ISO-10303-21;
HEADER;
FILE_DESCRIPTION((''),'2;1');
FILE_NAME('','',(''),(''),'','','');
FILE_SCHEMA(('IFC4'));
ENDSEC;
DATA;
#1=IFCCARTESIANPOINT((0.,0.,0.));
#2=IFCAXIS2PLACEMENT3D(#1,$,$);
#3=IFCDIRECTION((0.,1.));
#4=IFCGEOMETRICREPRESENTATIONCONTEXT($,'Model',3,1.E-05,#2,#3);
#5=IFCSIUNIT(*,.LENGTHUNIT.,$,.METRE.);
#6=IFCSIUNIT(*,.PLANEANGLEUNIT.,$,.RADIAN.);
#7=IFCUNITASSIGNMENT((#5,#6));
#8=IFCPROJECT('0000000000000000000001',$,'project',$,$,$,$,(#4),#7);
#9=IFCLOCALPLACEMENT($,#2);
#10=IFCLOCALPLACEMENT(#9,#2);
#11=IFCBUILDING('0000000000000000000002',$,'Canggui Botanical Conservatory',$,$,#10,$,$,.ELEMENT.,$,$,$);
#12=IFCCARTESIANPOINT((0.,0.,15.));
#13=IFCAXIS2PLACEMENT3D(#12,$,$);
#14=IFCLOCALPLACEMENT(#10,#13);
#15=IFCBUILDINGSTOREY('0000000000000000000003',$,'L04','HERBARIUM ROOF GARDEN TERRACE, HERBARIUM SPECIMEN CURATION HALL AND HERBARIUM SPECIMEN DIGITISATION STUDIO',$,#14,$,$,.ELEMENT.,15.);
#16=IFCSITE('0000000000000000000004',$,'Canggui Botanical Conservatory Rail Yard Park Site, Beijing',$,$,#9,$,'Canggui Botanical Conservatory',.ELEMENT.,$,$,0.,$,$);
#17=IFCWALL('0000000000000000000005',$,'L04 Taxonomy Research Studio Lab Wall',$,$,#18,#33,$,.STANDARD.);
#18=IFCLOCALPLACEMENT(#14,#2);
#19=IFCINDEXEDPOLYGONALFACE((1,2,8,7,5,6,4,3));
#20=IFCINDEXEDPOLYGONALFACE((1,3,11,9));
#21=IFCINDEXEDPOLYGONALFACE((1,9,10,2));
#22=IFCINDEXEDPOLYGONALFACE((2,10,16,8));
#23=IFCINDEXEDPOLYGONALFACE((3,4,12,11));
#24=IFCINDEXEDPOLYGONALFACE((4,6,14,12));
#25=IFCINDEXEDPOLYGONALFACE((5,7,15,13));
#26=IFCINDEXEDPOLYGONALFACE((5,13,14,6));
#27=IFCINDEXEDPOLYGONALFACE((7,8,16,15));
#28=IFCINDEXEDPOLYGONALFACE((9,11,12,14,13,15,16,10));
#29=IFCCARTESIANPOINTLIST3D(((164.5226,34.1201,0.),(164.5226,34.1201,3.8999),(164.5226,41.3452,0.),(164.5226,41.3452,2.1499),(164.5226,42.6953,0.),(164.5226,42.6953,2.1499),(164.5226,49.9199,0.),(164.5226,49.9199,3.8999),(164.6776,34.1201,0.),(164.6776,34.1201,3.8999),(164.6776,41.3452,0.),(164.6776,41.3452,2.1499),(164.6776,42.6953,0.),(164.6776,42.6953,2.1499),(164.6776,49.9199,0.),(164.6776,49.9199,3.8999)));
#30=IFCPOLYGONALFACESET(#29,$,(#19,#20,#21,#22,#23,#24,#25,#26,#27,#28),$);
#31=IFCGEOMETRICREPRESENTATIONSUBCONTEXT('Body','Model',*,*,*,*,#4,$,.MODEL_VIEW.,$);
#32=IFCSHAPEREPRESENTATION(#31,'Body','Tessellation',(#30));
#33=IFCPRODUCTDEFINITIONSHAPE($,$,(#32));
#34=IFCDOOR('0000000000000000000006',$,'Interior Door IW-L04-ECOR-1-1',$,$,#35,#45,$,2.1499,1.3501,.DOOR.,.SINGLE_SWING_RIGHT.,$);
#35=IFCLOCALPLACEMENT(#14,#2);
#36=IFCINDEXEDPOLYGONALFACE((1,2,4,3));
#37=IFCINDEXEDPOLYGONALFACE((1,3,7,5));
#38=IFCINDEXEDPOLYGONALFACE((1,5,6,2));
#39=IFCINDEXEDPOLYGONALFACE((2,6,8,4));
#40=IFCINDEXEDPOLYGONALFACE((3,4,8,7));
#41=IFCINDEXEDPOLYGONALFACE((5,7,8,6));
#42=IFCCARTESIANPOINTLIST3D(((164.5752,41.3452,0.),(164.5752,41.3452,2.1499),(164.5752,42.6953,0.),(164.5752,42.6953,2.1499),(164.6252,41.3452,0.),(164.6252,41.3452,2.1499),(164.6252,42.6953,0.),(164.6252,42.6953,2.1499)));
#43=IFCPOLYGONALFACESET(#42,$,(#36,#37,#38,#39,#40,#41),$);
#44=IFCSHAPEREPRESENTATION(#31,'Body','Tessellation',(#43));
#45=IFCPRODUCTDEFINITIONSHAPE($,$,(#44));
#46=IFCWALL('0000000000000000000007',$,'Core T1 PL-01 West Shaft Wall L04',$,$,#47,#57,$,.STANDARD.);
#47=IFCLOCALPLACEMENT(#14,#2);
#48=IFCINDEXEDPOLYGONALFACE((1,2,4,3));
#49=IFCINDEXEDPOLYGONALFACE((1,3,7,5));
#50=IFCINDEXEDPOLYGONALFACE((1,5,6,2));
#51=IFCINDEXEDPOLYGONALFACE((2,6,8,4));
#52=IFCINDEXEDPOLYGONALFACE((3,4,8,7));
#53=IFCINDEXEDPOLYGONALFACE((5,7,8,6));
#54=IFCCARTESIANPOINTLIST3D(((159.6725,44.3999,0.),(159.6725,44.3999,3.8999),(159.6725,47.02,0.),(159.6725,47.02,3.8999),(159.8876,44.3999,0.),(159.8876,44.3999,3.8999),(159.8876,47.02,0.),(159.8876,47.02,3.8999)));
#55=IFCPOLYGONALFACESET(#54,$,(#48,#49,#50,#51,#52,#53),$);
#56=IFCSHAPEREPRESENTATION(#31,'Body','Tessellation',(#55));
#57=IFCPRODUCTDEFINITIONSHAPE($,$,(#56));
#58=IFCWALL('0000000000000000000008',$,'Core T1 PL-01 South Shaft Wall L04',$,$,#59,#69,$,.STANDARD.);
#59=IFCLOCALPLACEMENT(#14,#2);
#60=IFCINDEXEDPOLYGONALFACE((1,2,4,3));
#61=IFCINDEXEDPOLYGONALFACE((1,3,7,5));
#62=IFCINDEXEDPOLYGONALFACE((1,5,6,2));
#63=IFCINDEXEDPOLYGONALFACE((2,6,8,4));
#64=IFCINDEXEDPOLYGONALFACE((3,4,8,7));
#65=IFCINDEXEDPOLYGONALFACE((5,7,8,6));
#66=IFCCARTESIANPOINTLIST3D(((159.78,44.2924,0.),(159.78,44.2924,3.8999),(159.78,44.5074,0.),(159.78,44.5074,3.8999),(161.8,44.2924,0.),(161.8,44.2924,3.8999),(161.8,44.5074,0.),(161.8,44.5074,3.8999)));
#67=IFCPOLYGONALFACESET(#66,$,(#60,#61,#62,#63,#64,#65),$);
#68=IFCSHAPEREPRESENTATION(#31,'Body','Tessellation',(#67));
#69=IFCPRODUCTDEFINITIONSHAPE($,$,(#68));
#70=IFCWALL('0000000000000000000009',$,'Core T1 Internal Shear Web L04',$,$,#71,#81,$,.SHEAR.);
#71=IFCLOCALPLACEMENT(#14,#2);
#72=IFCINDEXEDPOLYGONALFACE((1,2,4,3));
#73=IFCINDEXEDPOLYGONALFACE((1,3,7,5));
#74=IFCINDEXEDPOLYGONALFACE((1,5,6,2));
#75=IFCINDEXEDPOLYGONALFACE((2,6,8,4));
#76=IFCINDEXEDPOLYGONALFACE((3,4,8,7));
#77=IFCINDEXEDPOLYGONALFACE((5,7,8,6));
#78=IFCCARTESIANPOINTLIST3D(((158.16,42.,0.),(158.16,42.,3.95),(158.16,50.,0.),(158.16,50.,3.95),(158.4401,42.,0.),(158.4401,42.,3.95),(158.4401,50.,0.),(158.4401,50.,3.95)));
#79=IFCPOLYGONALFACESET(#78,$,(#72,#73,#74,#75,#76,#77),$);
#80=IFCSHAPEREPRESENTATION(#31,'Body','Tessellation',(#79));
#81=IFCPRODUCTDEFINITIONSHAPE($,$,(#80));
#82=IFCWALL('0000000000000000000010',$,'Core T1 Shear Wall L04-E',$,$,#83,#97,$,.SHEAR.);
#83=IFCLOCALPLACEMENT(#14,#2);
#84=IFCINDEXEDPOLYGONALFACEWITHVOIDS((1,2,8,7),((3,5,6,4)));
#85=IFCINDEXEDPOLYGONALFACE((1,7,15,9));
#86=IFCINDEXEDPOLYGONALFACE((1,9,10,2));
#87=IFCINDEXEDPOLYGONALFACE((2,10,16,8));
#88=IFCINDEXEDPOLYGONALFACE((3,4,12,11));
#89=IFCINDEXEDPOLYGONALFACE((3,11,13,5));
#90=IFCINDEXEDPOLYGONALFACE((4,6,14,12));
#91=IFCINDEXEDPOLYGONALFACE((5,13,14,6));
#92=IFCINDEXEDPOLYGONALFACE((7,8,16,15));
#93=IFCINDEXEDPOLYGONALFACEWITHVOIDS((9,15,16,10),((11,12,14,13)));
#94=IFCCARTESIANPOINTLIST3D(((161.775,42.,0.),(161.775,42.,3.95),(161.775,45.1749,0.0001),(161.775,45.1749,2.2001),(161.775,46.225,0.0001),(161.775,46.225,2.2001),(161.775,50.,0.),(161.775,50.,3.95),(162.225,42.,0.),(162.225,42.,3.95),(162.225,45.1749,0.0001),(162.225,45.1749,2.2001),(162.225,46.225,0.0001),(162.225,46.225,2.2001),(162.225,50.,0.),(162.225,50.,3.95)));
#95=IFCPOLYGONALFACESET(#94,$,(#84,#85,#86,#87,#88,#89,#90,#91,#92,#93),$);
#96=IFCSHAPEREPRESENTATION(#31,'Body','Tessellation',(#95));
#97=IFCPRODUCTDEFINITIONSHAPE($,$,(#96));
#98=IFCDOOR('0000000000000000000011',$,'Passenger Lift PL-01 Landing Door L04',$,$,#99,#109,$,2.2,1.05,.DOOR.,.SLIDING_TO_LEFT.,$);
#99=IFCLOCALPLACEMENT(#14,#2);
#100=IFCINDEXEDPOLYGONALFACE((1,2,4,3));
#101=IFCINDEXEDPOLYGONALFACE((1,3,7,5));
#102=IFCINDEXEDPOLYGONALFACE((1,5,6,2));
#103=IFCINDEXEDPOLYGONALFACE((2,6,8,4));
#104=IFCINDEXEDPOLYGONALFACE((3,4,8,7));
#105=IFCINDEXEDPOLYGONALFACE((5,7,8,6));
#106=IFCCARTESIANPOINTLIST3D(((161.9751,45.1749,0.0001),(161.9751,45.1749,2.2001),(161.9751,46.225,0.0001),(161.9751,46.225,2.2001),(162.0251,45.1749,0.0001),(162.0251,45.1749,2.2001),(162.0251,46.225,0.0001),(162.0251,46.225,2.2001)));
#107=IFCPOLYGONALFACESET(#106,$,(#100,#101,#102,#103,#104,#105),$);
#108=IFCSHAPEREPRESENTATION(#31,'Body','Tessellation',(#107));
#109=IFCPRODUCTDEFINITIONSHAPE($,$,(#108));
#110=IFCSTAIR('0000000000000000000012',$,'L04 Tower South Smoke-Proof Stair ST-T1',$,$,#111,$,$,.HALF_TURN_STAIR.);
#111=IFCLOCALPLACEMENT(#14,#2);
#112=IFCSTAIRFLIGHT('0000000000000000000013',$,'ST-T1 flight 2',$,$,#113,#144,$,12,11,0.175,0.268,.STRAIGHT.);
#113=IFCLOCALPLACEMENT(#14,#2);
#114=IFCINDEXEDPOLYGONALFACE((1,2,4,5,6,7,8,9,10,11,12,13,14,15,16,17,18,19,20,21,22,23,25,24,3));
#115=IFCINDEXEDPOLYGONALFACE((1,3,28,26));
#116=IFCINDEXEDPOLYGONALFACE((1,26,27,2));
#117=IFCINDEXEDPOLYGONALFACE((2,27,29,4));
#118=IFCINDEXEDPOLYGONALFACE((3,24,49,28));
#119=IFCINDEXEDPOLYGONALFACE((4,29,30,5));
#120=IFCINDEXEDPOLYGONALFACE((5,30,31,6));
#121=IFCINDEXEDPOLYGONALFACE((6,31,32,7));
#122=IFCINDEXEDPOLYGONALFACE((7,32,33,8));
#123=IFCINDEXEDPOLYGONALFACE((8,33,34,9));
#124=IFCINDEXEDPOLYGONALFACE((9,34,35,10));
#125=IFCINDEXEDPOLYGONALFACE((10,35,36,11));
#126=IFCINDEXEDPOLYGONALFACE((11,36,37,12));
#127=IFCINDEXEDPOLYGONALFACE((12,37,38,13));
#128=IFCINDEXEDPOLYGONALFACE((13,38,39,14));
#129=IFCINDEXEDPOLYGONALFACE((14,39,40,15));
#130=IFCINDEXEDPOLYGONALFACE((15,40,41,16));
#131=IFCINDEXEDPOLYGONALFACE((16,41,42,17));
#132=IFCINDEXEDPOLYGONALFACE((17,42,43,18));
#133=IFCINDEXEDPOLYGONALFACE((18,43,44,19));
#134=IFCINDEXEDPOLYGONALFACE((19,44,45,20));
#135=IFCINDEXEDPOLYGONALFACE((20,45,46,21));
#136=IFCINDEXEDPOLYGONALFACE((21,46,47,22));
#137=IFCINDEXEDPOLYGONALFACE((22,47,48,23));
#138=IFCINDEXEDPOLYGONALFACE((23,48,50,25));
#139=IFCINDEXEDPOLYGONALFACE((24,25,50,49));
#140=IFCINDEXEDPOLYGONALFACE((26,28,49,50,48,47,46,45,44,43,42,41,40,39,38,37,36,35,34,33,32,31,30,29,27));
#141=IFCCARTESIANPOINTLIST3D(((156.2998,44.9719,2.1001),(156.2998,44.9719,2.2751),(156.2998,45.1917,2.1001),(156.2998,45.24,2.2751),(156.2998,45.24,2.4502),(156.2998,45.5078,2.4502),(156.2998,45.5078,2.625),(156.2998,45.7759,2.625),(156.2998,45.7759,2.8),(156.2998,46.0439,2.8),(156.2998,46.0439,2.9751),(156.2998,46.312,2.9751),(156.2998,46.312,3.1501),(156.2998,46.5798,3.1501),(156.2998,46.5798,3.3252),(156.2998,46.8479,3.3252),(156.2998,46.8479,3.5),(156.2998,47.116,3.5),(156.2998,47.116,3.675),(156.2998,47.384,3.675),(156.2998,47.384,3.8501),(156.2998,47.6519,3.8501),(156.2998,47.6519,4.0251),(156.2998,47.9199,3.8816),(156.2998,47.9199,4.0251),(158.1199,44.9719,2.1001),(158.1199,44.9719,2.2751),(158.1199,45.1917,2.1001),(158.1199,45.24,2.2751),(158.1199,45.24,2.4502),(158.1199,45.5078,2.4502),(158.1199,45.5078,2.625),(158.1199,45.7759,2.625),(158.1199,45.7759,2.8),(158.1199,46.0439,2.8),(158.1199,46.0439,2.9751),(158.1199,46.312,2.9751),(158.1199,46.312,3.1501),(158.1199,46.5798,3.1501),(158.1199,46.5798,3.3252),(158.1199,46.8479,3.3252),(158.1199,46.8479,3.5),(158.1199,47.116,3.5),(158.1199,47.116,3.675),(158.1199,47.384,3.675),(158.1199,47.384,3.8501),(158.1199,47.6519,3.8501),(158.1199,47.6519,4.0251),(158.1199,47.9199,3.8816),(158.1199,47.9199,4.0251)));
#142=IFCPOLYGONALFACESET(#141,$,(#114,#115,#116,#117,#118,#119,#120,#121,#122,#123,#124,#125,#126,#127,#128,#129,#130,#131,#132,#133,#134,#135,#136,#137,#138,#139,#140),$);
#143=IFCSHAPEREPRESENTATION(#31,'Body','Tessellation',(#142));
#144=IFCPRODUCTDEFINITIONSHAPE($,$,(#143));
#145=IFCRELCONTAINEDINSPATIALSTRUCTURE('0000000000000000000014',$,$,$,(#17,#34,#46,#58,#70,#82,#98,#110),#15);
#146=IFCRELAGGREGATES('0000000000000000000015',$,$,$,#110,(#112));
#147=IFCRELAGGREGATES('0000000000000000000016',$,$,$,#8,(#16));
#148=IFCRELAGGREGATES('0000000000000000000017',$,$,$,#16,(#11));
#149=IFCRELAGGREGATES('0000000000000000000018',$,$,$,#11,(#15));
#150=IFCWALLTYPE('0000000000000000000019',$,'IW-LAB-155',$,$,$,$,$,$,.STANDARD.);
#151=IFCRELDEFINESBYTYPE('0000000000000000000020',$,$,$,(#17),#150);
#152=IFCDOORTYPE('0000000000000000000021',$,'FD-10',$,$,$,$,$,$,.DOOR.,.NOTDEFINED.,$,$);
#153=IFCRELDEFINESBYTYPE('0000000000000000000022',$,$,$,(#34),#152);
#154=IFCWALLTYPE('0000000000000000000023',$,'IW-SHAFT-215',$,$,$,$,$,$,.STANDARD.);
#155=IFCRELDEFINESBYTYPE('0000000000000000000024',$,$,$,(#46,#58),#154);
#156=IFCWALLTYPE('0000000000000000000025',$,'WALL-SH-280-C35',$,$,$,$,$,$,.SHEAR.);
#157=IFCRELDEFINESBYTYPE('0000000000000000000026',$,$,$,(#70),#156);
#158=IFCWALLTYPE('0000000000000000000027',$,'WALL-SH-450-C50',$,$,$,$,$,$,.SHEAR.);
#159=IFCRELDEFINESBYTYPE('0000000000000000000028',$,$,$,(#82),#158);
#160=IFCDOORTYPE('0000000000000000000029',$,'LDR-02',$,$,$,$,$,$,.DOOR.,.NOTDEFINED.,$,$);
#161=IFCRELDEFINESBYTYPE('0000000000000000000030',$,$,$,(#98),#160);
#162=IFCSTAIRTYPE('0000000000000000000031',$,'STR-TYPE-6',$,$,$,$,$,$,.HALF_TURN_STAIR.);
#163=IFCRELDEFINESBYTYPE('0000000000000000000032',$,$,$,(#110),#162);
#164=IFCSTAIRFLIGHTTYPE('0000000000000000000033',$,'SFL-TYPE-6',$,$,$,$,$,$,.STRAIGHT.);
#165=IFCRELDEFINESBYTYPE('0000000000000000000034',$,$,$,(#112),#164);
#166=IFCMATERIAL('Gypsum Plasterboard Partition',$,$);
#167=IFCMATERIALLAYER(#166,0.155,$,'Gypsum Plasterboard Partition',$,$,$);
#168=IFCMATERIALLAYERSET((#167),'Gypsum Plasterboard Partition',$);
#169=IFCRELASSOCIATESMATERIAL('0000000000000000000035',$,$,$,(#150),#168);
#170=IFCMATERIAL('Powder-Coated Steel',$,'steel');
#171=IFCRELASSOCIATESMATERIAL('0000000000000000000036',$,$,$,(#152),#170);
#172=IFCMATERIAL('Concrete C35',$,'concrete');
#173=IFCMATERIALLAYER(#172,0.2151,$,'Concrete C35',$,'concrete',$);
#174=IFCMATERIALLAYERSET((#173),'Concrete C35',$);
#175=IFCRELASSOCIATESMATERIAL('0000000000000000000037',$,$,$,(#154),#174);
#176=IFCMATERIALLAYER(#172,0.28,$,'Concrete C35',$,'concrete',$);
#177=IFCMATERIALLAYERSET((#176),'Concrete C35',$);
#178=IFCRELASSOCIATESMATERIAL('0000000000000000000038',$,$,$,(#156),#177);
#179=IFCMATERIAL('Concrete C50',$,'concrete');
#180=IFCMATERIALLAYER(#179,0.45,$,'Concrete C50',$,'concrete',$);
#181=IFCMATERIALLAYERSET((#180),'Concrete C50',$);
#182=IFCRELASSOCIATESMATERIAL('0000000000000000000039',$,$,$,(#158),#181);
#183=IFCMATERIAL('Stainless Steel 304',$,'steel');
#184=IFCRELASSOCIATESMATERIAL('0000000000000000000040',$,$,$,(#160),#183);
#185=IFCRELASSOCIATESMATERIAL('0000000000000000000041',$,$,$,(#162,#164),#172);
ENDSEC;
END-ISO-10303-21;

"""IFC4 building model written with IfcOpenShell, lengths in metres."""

from ifc_helpers import new_model, si_unit, direction, frame, frame_2d, origin, place, context, subcontext, project, spatial, polyline, rectangle, outline, extrude, material, layer, layer_set, type_object, element, fill, aggregate, save


model = new_model("IFC4")

# Units and contexts
model_context = context("Model", 3, precision=1e-05, world=origin(), true_north=direction((0.0, 1.0)))
body_context = subcontext(model_context, "Body", "Model", "MODEL_VIEW")
ifc_project = project(units=[si_unit("LENGTHUNIT", "METRE"), si_unit("PLANEANGLEUNIT", "RADIAN")], contexts=[model_context])

# Site, building, storey
site_placement = place(None, origin())
site = spatial("IfcSite", under=ifc_project, at=site_placement, Name="Canggui Botanical Conservatory Rail Yard Park Site, Beijing", LongName="Canggui Botanical Conservatory", CompositionType="ELEMENT", RefElevation=0.0)
building_placement = place(site_placement, origin())
building = spatial("IfcBuilding", under=site, at=building_placement, Name="Canggui Botanical Conservatory", CompositionType="ELEMENT")
storey_placement = place(building_placement, frame((0.0, 0.0, 15.0)))
storey = spatial("IfcBuildingStorey", under=building, at=storey_placement, Name="L04", Description="HERBARIUM ROOF GARDEN TERRACE, HERBARIUM SPECIMEN CURATION HALL AND HERBARIUM SPECIMEN DIGITISATION STUDIO", CompositionType="ELEMENT", Elevation=15.0)

# Shared definitions
ifc_material_1 = material(Name="Concrete C50", Category="concrete")

# Shared definitions
ifc_material_2 = material(Name="Concrete C35", Category="concrete")

# Wall, opening, door
ifc_material_3 = material(Name="Gypsum Plasterboard Partition")
ifc_material_4 = material(Name="Powder-Coated Steel", Category="steel")
ifc_layer_1 = layer(ifc_material_3, 0.155, Name="Gypsum Plasterboard Partition")
ifc_layer_set_1 = layer_set([ifc_layer_1], Name="Gypsum Plasterboard Partition")
wall_type_1 = type_object("IfcWallType", Name="IW-LAB-155", PredefinedType="STANDARD", material=ifc_layer_set_1)
wall_1_placement = place(storey_placement, frame((164.6001, 34.1201, 0.0), z_axis=(0.0, 0.0, 1.0), x_axis=(0.0, 1.0, 0.0)))
wall_1 = element("IfcWall", 1, at=wall_1_placement, inside=storey, type_object=wall_type_1, Name="L04 Taxonomy Research Studio Lab Wall", PredefinedType="STANDARD", context=body_context, shape_type="SweptSolid", body=[
    extrude(rectangle(XDim=15.7998, YDim=0.155, at=frame_2d((7.8999, 0.0))), origin(), (0.0, 0.0, 1.0), 3.8999),
])
opening_1_placement = place(wall_1_placement, frame((7.2251, 0.0, 0.0)))
opening_1 = element("IfcOpeningElement", 2, at=opening_1_placement, cuts=wall_1, PredefinedType="OPENING", context=body_context, shape_type="SweptSolid", body=[
    extrude(rectangle(XDim=1.3501, YDim=2.1499, at=frame_2d((0.675, 1.075))), frame((0.0, 0.0874, 0.0), z_axis=(0.0, -1.0, 0.0), x_axis=(1.0, 0.0, 0.0)), (0.0, 0.0, 1.0), 0.175),
])
door_type_1 = type_object("IfcDoorType", Name="FD-10", OperationType="NOTDEFINED", PredefinedType="DOOR", material=ifc_material_4)
door_1_placement = place(opening_1_placement, origin())
door_1 = element("IfcDoor", 3, at=door_1_placement, inside=storey, type_object=door_type_1, Name="Interior Door IW-L04-ECOR-1-1", OperationType="SINGLE_SWING_RIGHT", OverallHeight=2.1499, OverallWidth=1.3501, PredefinedType="DOOR", context=body_context, shape_type="SweptSolid", body=[
    extrude(rectangle(XDim=1.3501, YDim=2.1499, at=frame_2d((0.675, 1.075))), frame((0.0, 0.0249, 0.0), z_axis=(0.0, -1.0, 0.0), x_axis=(1.0, 0.0, 0.0)), (0.0, 0.0, 1.0), 0.05),
])
fill(opening_1, door_1)

# Walls
ifc_layer_2 = layer(ifc_material_2, 0.2151, Name="Concrete C35", Category="concrete")
ifc_layer_set_2 = layer_set([ifc_layer_2], Name="Concrete C35")
wall_type_2 = type_object("IfcWallType", Name="IW-SHAFT-215", PredefinedType="STANDARD", material=ifc_layer_set_2)
wall_2_placement = place(storey_placement, frame((159.78, 44.3999, 0.0), z_axis=(0.0, 0.0, 1.0), x_axis=(0.0, 1.0, 0.0)))
element("IfcWall", 4, at=wall_2_placement, inside=storey, type_object=wall_type_2, Name="Core T1 PL-01 West Shaft Wall L04", PredefinedType="STANDARD", context=body_context, shape_type="SweptSolid", body=[
    extrude(rectangle(XDim=2.6201, YDim=0.2151, at=frame_2d((1.3101, 0.0))), origin(), (0.0, 0.0, 1.0), 3.8999),
])
wall_3_placement = place(storey_placement, frame((159.78, 44.3999, 0.0), z_axis=(0.0, 0.0, 1.0), x_axis=(1.0, 0.0, 0.0)))
element("IfcWall", 5, at=wall_3_placement, inside=storey, type_object=wall_type_2, Name="Core T1 PL-01 South Shaft Wall L04", PredefinedType="STANDARD", context=body_context, shape_type="SweptSolid", body=[
    extrude(rectangle(XDim=2.02, YDim=0.2151, at=frame_2d((1.01, 0.0))), origin(), (0.0, 0.0, 1.0), 3.8999),
])
ifc_layer_3 = layer(ifc_material_2, 0.28, Name="Concrete C35", Category="concrete")
ifc_layer_set_3 = layer_set([ifc_layer_3], Name="Concrete C35")
wall_type_3 = type_object("IfcWallType", Name="WALL-SH-280-C35", PredefinedType="SHEAR", material=ifc_layer_set_3)
wall_4_placement = place(storey_placement, frame((158.3, 42.0, 0.0), z_axis=(0.0, 0.0, 1.0), x_axis=(0.0, 1.0, 0.0)))
element("IfcWall", 6, at=wall_4_placement, inside=storey, type_object=wall_type_3, Name="Core T1 Internal Shear Web L04", PredefinedType="SHEAR", context=body_context, shape_type="SweptSolid", body=[
    extrude(rectangle(XDim=8.0, YDim=0.28, at=frame_2d((4.0, 0.0))), origin(), (0.0, 0.0, 1.0), 3.95),
])

# Wall, opening, door
ifc_layer_4 = layer(ifc_material_1, 0.45, Name="Concrete C50", Category="concrete")
ifc_layer_set_4 = layer_set([ifc_layer_4], Name="Concrete C50")
wall_type_4 = type_object("IfcWallType", Name="WALL-SH-450-C50", PredefinedType="SHEAR", material=ifc_layer_set_4)
wall_5_placement = place(storey_placement, frame((162.0, 42.0, 0.0), z_axis=(0.0, 0.0, 1.0), x_axis=(0.0, 1.0, 0.0)))
wall_5 = element("IfcWall", 7, at=wall_5_placement, inside=storey, type_object=wall_type_4, Name="Core T1 Shear Wall L04-E", PredefinedType="SHEAR", context=body_context, shape_type="SweptSolid", body=[
    extrude(rectangle(XDim=8.0, YDim=0.45, at=frame_2d((4.0, 0.0))), origin(), (0.0, 0.0, 1.0), 3.95),
])
opening_2_placement = place(wall_5_placement, frame((3.175, 0.0, 0.0)))
opening_2 = element("IfcOpeningElement", 8, at=opening_2_placement, cuts=wall_5, PredefinedType="OPENING", context=body_context, shape_type="SweptSolid", body=[
    extrude(rectangle(XDim=1.05, YDim=2.2, at=frame_2d((0.5249, 1.1001))), frame((0.0, 0.2349, 0.0), z_axis=(0.0, -1.0, 0.0), x_axis=(1.0, 0.0, 0.0)), (0.0, 0.0, 1.0), 0.47),
])
ifc_material_5 = material(Name="Stainless Steel 304", Category="steel")
door_type_2 = type_object("IfcDoorType", Name="LDR-02", OperationType="NOTDEFINED", PredefinedType="DOOR", material=ifc_material_5)
door_2_placement = place(opening_2_placement, origin())
door_2 = element("IfcDoor", 9, at=door_2_placement, inside=storey, type_object=door_type_2, Name="Passenger Lift PL-01 Landing Door L04", OperationType="SLIDING_TO_LEFT", OverallHeight=2.2, OverallWidth=1.05, PredefinedType="DOOR", context=body_context, shape_type="SweptSolid", body=[
    extrude(rectangle(XDim=1.05, YDim=2.2, at=frame_2d((0.5249, 1.1001))), frame((0.0, 0.0249, 0.0), z_axis=(0.0, -1.0, 0.0), x_axis=(1.0, 0.0, 0.0)), (0.0, 0.0, 1.0), 0.05),
])
fill(opening_2, door_2)

# Stair, stair flight
stair_type = type_object("IfcStairType", Name="STR-TYPE-6", PredefinedType="HALF_TURN_STAIR", material=ifc_material_2)
stair_placement = place(storey_placement, origin())
stair = element("IfcStair", 10, at=stair_placement, inside=storey, type_object=stair_type, Name="L04 Tower South Smoke-Proof Stair ST-T1", PredefinedType="HALF_TURN_STAIR")
stair_flight_type = type_object("IfcStairFlightType", Name="SFL-TYPE-6", PredefinedType="STRAIGHT", material=ifc_material_2)
stair_flight_placement = place(storey_placement, frame((157.21, 44.9719, 2.1001), z_axis=(0.0, 0.0, 1.0), x_axis=(0.0, 1.0, 0.0)))
stair_flight = element("IfcStairFlight", 11, at=stair_flight_placement, type_object=stair_flight_type, Name="ST-T1 flight 2", NumberOfRisers=12, NumberOfTreads=11, PredefinedType="STRAIGHT", RiserHeight=0.175, TreadLength=0.268, context=body_context, shape_type="SweptSolid", body=[
    extrude(outline(polyline([(0.0, 0.0), (0.0, 0.175), (0.2681, 0.175), (0.2681, 0.3501), (0.5359, 0.3501), (0.5359, 0.5249), (0.804, 0.5249), (0.804, 0.7), (1.072, 0.7), (1.072, 0.875), (1.3401, 0.875), (1.3401, 1.05), (1.6079, 1.05), (1.6079, 1.2251), (1.876, 1.2251), (1.876, 1.3999), (2.144, 1.3999), (2.144, 1.575), (2.4121, 1.575), (2.4121, 1.75), (2.6799, 1.75), (2.6799, 1.925), (2.948, 1.925), (2.948, 2.1001), (2.948, 1.7815), (0.2197, 0.0), (0.0, 0.0)])), frame((0.0, 0.9102, 0.0), z_axis=(0.0, -1.0, 0.0), x_axis=(1.0, 0.0, 0.0)), (0.0, 0.0, 1.0), 1.8201),
])
aggregate(stair, [stair_flight])

save(model, "model.ifc")
